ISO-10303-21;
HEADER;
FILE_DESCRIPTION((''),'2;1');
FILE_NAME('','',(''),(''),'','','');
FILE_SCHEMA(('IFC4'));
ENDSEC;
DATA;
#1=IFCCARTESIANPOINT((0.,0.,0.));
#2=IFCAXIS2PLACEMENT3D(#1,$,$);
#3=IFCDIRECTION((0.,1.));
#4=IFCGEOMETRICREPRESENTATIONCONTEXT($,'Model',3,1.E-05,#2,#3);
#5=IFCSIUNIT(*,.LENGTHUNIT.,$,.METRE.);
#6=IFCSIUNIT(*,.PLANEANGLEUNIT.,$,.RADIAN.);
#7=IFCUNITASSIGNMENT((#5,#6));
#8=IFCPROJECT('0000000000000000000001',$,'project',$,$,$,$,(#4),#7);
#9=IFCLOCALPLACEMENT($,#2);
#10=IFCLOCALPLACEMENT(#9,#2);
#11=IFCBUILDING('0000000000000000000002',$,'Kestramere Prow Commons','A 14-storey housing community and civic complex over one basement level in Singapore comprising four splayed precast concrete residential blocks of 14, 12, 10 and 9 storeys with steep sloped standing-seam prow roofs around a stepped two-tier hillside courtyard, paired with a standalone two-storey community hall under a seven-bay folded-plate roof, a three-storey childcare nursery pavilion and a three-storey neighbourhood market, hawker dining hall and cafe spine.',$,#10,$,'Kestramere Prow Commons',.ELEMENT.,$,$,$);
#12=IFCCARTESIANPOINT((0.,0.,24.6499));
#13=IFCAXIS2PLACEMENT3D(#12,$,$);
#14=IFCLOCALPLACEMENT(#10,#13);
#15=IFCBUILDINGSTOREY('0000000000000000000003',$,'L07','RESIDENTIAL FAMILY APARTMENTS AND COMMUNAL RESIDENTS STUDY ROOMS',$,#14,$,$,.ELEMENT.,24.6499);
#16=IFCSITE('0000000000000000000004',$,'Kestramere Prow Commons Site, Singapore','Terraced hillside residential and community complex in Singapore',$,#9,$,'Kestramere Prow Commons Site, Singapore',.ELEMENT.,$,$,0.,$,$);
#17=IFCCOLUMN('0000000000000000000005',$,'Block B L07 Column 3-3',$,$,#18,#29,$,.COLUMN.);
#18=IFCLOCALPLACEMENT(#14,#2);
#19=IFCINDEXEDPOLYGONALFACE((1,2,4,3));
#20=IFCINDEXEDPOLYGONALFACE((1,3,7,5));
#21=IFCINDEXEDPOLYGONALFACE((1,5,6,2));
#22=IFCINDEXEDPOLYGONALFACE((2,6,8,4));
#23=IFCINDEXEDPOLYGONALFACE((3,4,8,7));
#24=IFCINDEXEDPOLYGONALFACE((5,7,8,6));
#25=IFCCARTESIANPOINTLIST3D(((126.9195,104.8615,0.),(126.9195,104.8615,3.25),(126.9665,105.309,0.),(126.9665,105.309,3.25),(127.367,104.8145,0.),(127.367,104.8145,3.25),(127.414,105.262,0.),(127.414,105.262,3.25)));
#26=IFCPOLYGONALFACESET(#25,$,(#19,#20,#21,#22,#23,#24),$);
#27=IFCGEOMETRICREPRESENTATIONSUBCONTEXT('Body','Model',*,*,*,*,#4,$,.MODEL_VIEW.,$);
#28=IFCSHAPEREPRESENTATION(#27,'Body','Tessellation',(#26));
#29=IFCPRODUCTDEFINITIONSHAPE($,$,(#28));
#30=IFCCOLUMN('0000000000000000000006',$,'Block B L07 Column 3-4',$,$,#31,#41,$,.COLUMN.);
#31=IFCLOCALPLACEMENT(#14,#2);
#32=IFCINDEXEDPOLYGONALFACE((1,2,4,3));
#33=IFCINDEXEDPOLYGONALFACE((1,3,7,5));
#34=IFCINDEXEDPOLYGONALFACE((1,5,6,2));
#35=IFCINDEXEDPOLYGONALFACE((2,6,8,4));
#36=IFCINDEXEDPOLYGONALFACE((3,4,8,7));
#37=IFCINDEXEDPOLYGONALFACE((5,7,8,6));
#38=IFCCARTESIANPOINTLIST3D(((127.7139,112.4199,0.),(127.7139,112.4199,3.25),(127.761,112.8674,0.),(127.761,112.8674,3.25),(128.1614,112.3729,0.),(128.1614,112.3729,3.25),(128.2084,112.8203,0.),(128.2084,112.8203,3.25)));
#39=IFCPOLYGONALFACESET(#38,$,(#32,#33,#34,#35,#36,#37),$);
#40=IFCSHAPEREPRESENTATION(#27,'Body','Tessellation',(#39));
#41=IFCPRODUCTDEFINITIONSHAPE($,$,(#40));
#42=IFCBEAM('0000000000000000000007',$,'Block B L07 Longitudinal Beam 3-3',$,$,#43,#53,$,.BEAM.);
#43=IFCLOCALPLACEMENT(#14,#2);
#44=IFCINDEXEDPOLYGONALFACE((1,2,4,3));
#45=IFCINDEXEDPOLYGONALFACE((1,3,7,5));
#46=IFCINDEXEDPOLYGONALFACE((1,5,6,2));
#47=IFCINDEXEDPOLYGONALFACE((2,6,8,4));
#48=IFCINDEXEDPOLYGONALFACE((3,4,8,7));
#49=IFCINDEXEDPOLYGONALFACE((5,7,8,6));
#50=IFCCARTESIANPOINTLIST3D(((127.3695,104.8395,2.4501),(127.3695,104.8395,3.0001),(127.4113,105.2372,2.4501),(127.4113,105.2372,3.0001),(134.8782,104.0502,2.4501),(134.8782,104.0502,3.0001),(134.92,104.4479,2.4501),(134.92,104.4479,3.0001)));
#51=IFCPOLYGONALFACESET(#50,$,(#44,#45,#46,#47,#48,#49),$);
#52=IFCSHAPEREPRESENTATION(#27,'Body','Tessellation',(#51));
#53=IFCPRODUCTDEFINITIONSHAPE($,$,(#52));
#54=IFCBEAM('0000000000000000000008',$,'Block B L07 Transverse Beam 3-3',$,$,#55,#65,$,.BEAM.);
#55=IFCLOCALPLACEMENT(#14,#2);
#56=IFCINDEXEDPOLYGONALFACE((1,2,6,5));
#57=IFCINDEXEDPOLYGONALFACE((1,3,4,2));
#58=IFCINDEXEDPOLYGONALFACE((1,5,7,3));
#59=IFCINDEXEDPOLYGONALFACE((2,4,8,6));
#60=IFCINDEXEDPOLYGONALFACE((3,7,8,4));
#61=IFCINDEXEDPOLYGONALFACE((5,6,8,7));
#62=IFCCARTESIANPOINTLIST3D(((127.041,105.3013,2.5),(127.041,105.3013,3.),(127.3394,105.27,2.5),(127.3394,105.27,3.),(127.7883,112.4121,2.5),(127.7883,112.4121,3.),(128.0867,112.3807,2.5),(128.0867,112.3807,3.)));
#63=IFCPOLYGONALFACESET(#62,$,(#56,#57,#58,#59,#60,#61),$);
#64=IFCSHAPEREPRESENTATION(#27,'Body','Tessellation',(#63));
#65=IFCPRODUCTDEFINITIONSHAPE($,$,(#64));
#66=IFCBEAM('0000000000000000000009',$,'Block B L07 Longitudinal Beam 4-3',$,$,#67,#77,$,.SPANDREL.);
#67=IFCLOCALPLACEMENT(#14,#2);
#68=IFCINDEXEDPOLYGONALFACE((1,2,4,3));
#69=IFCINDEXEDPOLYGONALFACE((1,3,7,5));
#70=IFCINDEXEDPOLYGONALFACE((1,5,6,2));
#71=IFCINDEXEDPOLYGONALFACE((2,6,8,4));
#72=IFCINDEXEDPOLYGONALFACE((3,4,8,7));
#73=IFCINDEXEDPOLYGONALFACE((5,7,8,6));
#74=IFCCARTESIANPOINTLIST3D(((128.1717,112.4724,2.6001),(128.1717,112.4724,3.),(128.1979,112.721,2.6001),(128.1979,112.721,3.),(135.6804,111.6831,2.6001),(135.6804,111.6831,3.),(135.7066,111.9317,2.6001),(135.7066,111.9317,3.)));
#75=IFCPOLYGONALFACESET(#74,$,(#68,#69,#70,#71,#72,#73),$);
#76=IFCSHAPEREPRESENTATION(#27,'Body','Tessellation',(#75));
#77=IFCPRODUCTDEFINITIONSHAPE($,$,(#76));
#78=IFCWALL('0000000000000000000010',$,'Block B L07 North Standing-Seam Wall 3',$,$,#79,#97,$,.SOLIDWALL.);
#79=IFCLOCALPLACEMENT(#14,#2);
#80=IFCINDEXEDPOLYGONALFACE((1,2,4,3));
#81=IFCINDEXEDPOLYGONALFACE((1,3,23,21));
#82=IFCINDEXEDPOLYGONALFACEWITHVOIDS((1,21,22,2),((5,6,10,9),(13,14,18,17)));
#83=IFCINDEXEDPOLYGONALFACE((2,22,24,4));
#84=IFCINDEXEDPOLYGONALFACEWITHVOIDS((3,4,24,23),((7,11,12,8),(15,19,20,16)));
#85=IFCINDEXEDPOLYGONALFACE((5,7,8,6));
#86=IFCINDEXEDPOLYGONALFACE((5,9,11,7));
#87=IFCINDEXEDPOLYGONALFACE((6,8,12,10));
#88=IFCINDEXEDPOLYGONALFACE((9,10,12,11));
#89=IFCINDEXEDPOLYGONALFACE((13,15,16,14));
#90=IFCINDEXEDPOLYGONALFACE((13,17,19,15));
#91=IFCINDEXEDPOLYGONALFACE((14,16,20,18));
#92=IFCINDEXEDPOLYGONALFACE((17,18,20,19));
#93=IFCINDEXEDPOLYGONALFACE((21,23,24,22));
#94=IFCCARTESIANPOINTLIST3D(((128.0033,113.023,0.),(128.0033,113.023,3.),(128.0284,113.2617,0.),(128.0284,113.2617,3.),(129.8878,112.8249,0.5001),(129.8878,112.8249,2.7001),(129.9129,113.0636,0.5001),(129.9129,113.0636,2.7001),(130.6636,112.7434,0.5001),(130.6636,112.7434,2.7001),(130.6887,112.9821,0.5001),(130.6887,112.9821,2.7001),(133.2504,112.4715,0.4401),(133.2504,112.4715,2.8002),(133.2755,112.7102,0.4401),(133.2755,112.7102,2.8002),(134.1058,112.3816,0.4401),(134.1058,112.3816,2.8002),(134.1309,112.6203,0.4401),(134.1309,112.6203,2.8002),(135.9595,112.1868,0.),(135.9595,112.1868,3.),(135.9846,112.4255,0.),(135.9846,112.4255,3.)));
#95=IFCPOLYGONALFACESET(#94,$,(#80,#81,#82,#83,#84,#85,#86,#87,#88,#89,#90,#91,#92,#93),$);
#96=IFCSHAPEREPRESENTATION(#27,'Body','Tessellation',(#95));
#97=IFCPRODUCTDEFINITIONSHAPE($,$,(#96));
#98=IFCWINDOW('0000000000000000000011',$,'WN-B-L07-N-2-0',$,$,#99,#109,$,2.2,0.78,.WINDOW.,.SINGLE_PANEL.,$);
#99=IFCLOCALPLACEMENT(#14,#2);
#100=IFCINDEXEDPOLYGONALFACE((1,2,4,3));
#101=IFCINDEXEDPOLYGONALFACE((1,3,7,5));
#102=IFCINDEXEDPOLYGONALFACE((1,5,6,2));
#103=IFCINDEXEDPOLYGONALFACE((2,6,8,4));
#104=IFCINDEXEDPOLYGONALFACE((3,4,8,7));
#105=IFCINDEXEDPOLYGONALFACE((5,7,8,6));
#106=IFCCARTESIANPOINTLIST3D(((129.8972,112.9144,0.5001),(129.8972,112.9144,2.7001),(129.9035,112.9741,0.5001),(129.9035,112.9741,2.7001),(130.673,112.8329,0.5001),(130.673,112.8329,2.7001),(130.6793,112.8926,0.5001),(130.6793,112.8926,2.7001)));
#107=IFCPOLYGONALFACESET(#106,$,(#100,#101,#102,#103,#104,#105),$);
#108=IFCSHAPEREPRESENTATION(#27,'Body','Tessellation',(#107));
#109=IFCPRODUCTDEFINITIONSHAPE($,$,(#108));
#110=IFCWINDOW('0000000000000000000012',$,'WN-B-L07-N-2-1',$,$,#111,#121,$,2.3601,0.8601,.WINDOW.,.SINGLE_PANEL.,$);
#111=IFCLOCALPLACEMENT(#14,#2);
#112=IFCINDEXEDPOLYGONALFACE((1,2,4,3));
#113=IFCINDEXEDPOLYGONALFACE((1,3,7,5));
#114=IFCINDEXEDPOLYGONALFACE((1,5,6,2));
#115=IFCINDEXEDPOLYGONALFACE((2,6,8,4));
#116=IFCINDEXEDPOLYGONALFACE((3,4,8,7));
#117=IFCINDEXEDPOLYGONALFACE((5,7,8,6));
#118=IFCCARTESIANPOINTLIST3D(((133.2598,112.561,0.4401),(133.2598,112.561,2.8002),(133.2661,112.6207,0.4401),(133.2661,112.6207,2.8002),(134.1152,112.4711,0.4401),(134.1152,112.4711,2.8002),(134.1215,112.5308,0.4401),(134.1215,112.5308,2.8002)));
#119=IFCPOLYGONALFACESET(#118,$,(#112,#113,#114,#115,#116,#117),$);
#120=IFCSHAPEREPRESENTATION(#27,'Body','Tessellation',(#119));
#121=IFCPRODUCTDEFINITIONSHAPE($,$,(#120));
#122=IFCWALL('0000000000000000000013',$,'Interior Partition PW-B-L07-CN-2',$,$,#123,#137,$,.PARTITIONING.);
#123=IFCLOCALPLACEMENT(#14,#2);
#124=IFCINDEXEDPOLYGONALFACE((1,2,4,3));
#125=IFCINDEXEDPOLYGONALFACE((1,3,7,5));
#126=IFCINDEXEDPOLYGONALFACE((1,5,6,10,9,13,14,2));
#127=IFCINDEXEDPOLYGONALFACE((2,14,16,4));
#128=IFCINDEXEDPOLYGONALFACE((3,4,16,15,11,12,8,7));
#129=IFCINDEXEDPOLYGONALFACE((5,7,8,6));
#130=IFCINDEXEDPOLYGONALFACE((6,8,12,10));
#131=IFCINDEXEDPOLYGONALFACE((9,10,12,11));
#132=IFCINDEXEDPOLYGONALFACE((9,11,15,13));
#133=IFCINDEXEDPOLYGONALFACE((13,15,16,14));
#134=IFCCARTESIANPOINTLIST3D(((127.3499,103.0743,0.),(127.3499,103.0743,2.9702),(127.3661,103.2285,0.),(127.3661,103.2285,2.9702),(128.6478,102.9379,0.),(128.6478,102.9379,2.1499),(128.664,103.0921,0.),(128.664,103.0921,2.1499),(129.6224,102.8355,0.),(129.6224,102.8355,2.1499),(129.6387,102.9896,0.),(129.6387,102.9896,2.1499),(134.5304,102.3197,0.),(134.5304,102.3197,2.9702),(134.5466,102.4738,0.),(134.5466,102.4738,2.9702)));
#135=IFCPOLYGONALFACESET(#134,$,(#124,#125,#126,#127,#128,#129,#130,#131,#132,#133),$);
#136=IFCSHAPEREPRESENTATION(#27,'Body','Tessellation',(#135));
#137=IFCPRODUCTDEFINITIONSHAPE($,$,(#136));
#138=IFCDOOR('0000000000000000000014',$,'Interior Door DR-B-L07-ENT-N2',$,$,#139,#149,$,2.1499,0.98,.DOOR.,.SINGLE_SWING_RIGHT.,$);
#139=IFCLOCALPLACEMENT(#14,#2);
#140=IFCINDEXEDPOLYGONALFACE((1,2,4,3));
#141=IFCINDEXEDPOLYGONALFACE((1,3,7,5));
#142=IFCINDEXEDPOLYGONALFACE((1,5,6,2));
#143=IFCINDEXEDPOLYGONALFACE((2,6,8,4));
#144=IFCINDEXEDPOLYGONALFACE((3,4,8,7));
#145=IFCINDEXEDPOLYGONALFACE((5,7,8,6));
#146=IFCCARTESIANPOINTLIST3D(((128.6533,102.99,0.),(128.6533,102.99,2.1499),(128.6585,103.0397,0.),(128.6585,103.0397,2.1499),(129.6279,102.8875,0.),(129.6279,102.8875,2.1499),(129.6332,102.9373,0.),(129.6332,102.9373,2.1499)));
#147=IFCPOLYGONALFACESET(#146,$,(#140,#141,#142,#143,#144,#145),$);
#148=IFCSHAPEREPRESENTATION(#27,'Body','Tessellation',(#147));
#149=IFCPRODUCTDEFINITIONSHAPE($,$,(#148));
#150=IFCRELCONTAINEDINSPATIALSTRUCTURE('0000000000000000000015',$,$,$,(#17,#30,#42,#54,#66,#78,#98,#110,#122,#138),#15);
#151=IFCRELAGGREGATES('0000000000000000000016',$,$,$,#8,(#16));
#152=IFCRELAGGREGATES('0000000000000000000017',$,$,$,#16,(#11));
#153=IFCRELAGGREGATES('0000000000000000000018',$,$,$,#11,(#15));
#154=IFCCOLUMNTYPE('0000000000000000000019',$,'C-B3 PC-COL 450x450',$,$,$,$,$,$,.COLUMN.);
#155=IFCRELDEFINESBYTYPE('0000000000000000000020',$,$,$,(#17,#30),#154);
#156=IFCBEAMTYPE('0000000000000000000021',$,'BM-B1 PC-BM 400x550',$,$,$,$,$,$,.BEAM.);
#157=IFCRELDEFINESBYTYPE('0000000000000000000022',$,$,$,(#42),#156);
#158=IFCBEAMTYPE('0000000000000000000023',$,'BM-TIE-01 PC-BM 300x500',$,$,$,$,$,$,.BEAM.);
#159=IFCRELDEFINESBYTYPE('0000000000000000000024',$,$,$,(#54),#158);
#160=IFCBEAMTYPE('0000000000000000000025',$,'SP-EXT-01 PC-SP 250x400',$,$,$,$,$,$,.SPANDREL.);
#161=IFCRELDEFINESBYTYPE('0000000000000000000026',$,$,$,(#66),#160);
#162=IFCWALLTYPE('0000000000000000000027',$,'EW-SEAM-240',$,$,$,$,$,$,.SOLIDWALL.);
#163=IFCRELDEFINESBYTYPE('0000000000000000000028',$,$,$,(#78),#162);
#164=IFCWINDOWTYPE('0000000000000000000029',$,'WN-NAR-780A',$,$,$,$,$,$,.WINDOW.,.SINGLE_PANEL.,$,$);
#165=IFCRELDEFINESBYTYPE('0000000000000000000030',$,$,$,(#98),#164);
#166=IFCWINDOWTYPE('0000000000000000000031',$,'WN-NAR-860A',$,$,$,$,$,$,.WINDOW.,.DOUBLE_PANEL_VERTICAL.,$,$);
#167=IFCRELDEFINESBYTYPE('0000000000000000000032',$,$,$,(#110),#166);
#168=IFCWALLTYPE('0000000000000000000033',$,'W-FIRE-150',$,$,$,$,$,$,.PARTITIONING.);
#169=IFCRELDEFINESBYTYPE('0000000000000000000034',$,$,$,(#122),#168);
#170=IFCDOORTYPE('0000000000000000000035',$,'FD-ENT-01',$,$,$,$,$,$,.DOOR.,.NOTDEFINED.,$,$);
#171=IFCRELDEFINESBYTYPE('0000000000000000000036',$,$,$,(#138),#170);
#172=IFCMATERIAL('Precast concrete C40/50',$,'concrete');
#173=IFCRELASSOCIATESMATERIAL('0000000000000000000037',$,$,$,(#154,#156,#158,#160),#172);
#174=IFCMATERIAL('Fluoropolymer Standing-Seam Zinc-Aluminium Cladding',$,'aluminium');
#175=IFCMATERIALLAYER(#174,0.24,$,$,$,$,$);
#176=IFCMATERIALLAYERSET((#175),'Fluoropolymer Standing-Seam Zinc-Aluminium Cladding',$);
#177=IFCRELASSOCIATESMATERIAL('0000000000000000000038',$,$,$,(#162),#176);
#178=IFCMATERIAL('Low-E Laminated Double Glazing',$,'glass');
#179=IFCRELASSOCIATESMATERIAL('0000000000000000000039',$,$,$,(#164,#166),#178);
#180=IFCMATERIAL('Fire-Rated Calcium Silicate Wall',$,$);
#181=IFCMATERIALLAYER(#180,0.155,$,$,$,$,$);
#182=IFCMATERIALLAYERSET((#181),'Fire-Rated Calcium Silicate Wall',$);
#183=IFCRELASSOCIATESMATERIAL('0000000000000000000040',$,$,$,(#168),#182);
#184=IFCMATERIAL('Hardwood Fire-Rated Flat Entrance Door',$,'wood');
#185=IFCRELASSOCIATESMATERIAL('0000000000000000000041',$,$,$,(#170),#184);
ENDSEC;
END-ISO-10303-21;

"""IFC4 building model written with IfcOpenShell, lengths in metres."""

from ifc_helpers import new_model, si_unit, direction, frame, frame_2d, origin, origin_2d, place, context, subcontext, project, spatial, rectangle, extrude, material, layer, layer_set, material_profile, profile_set, type_object, element, fill, save


model = new_model("IFC4")

# Units and contexts
model_context = context("Model", 3, precision=1e-05, world=origin(), true_north=direction((0.0, 1.0)))
body_context = subcontext(model_context, "Body", "Model", "MODEL_VIEW")
ifc_project = project(units=[si_unit("LENGTHUNIT", "METRE"), si_unit("PLANEANGLEUNIT", "RADIAN")], contexts=[model_context])

# Site, building, storey
site_placement = place(None, origin())
site = spatial("IfcSite", under=ifc_project, at=site_placement, Name="Kestramere Prow Commons Site, Singapore", Description="Terraced hillside residential and community complex in Singapore", LongName="Kestramere Prow Commons Site, Singapore", CompositionType="ELEMENT", RefElevation=0.0)
building_placement = place(site_placement, origin())
building = spatial("IfcBuilding", under=site, at=building_placement, Name="Kestramere Prow Commons", Description="A 14-storey housing community and civic complex over one basement level in Singapore comprising four splayed precast concrete residential blocks of 14, 12, 10 and 9 storeys with steep sloped standing-seam prow roofs around a stepped two-tier hillside courtyard, paired with a standalone two-storey community hall under a seven-bay folded-plate roof, a three-storey childcare nursery pavilion and a three-storey neighbourhood market, hawker dining hall and cafe spine.", LongName="Kestramere Prow Commons", CompositionType="ELEMENT")
storey_placement = place(building_placement, frame((0.0, 0.0, 24.6499)))
storey = spatial("IfcBuildingStorey", under=building, at=storey_placement, Name="L07", Description="RESIDENTIAL FAMILY APARTMENTS AND COMMUNAL RESIDENTS STUDY ROOMS", CompositionType="ELEMENT", Elevation=24.6499)

# Columns
ifc_material_1 = material(Name="Precast concrete C40/50", Category="concrete")
ifc_material_profile_1 = material_profile(ifc_material_1, rectangle(XDim=0.45, YDim=0.45, at=origin_2d()), Name="PC-COL 450x450")
ifc_profile_set_1 = profile_set([ifc_material_profile_1], Name="Precast concrete C40/50")
column_type = type_object("IfcColumnType", Name="C-B3 PC-COL 450x450", PredefinedType="COLUMN", material=ifc_profile_set_1)
for number, where, z_axis, x_axis, name in (
    (1, (127.1667, 105.0618, 0.0), (0.0, 0.0, 1.0), (0.994522, -0.104528, 0.0), "Block B L07 Column 3-3"),
    (2, (127.9612, 112.6201, 0.0), (0.0, 0.0, 1.0), (0.994522, -0.104528, 0.0), "Block B L07 Column 3-4"),
):
    element("IfcColumn", number, at=place(storey_placement, frame(where, z_axis=z_axis, x_axis=x_axis)), inside=storey, type_object=column_type, Name=name, PredefinedType="COLUMN", context=body_context, shape_type="SweptSolid", body=[
        extrude(rectangle(XDim=0.45, YDim=0.45, at=origin_2d()), origin(), (0.0, 0.0, 1.0), 3.25),
    ])

# Beams
ifc_material_profile_2 = material_profile(ifc_material_1, rectangle(XDim=0.3999, YDim=0.55, at=origin_2d()), Name="PC-BM 400x550")
ifc_profile_set_2 = profile_set([ifc_material_profile_2], Name="Precast concrete C40/50")
beam_type_1 = type_object("IfcBeamType", Name="BM-B1 PC-BM 400x550", PredefinedType="BEAM", material=ifc_profile_set_2)
beam_1_placement = place(storey_placement, frame((127.3904, 105.0383, 2.7251), z_axis=(0.994521, -0.104542, 0.0), x_axis=(0.104542, 0.994521, 0.0)))
element("IfcBeam", 3, at=beam_1_placement, inside=storey, type_object=beam_type_1, Name="Block B L07 Longitudinal Beam 3-3", PredefinedType="BEAM", context=body_context, shape_type="SweptSolid", body=[
    extrude(rectangle(XDim=0.3999, YDim=0.55, at=origin_2d()), origin(), (0.0, 0.0, 1.0), 7.55),
])
ifc_material_profile_3 = material_profile(ifc_material_1, rectangle(XDim=0.3, YDim=0.5, at=origin_2d()), Name="PC-BM 300x500")
ifc_profile_set_3 = profile_set([ifc_material_profile_3], Name="Precast concrete C40/50")
beam_type_2 = type_object("IfcBeamType", Name="BM-TIE-01 PC-BM 300x500", PredefinedType="BEAM", material=ifc_profile_set_3)
beam_2_placement = place(storey_placement, frame((127.1902, 105.2856, 2.75), z_axis=(0.104519, 0.994523, 0.0), x_axis=(-0.994523, 0.104519, 0.0)))
element("IfcBeam", 4, at=beam_2_placement, inside=storey, type_object=beam_type_2, Name="Block B L07 Transverse Beam 3-3", PredefinedType="BEAM", context=body_context, shape_type="SweptSolid", body=[
    extrude(rectangle(XDim=0.3, YDim=0.5, at=origin_2d()), origin(), (0.0, 0.0, 1.0), 7.1499),
])
ifc_material_profile_4 = material_profile(ifc_material_1, rectangle(XDim=0.25, YDim=0.3999, at=origin_2d()), Name="PC-SP 250x400")
ifc_profile_set_4 = profile_set([ifc_material_profile_4], Name="Precast concrete C40/50")
beam_type_3 = type_object("IfcBeamType", Name="SP-EXT-01 PC-SP 250x400", PredefinedType="SPANDREL", material=ifc_profile_set_4)
beam_3_placement = place(storey_placement, frame((128.1848, 112.5967, 2.8), z_axis=(0.994521, -0.104542, 0.0), x_axis=(0.104542, 0.994521, 0.0)))
element("IfcBeam", 5, at=beam_3_placement, inside=storey, type_object=beam_type_3, Name="Block B L07 Longitudinal Beam 4-3", PredefinedType="SPANDREL", context=body_context, shape_type="SweptSolid", body=[
    extrude(rectangle(XDim=0.25, YDim=0.3999, at=origin_2d()), origin(), (0.0, 0.0, 1.0), 7.55),
])

# Wall, openings, windows
ifc_material_2 = material(Name="Fluoropolymer Standing-Seam Zinc-Aluminium Cladding", Category="aluminium")
ifc_layer_1 = layer(ifc_material_2, 0.24)
ifc_layer_set_1 = layer_set([ifc_layer_1], Name="Fluoropolymer Standing-Seam Zinc-Aluminium Cladding")
wall_type_1 = type_object("IfcWallType", Name="EW-SEAM-240", PredefinedType="SOLIDWALL", material=ifc_layer_set_1)
wall_1_placement = place(storey_placement, frame((128.0159, 113.1423, 0.0), z_axis=(0.0, 0.0, 1.0), x_axis=(0.994523, -0.104521, 0.0)))
wall_1 = element("IfcWall", 6, at=wall_1_placement, inside=storey, type_object=wall_type_1, Name="Block B L07 North Standing-Seam Wall 3", PredefinedType="SOLIDWALL", context=body_context, shape_type="SweptSolid", body=[
    extrude(rectangle(XDim=8.0, YDim=0.24, at=frame_2d((4.0, 0.0))), origin(), (0.0, 0.0, 1.0), 3.0),
])
opening_1_placement = place(wall_1_placement, frame((1.8948, 0.0, 0.5)))
opening_1 = element("IfcOpeningElement", 7, at=opening_1_placement, cuts=wall_1, PredefinedType="OPENING", context=body_context, shape_type="SweptSolid", body=[
    extrude(rectangle(XDim=0.78, YDim=2.2, at=frame_2d((0.3901, 1.1001))), frame((0.0, 0.135, 0.0), z_axis=(0.0, -1.0, 0.0), x_axis=(1.0, 0.0, 0.0)), (0.0, 0.0, 1.0), 0.27),
])
opening_2_placement = place(wall_1_placement, frame((5.2759, 0.0, 0.4399)))
opening_2 = element("IfcOpeningElement", 8, at=opening_2_placement, cuts=wall_1, PredefinedType="OPENING", context=body_context, shape_type="SweptSolid", body=[
    extrude(rectangle(XDim=0.8601, YDim=2.3601, at=frame_2d((0.4302, 1.1802))), frame((0.0, 0.135, 0.0), z_axis=(0.0, -1.0, 0.0), x_axis=(1.0, 0.0, 0.0)), (0.0, 0.0, 1.0), 0.27),
])
ifc_material_3 = material(Name="Low-E Laminated Double Glazing", Category="glass")
window_type_1 = type_object("IfcWindowType", Name="WN-NAR-780A", PartitioningType="SINGLE_PANEL", PredefinedType="WINDOW", material=ifc_material_3)
window_1_placement = place(opening_1_placement, origin())
window_1 = element("IfcWindow", 9, at=window_1_placement, inside=storey, type_object=window_type_1, Name="WN-B-L07-N-2-0", OverallHeight=2.2, OverallWidth=0.78, PartitioningType="SINGLE_PANEL", PredefinedType="WINDOW", context=body_context, shape_type="SweptSolid", body=[
    extrude(rectangle(XDim=0.78, YDim=2.2, at=frame_2d((0.3901, 1.1001))), frame((0.0, 0.03, 0.0), z_axis=(0.0, -1.0, 0.0), x_axis=(1.0, 0.0, 0.0)), (0.0, 0.0, 1.0), 0.0601),
])
fill(opening_1, window_1)
window_type_2 = type_object("IfcWindowType", Name="WN-NAR-860A", PartitioningType="DOUBLE_PANEL_VERTICAL", PredefinedType="WINDOW", material=ifc_material_3)
window_2_placement = place(opening_2_placement, origin())
window_2 = element("IfcWindow", 10, at=window_2_placement, inside=storey, type_object=window_type_2, Name="WN-B-L07-N-2-1", OverallHeight=2.3601, OverallWidth=0.8601, PartitioningType="SINGLE_PANEL", PredefinedType="WINDOW", context=body_context, shape_type="SweptSolid", body=[
    extrude(rectangle(XDim=0.8601, YDim=2.3601, at=frame_2d((0.4302, 1.1802))), frame((0.0, 0.03, 0.0), z_axis=(0.0, -1.0, 0.0), x_axis=(1.0, 0.0, 0.0)), (0.0, 0.0, 1.0), 0.0601),
])
fill(opening_2, window_2)

# Wall, opening, door
ifc_material_4 = material(Name="Fire-Rated Calcium Silicate Wall")
ifc_layer_2 = layer(ifc_material_4, 0.155)
ifc_layer_set_2 = layer_set([ifc_layer_2], Name="Fire-Rated Calcium Silicate Wall")
wall_type_2 = type_object("IfcWallType", Name="W-FIRE-150", PredefinedType="PARTITIONING", material=ifc_layer_set_2)
wall_2_placement = place(storey_placement, frame((127.3582, 103.1514, 0.0), z_axis=(0.0, 0.0, 1.0), x_axis=(0.994523, -0.104521, 0.0)))
wall_2 = element("IfcWall", 11, at=wall_2_placement, inside=storey, type_object=wall_type_2, Name="Interior Partition PW-B-L07-CN-2", PredefinedType="PARTITIONING", context=body_context, shape_type="SweptSolid", body=[
    extrude(rectangle(XDim=7.22, YDim=0.155, at=frame_2d((3.6099, 0.0))), origin(), (0.0, 0.0, 1.0), 2.9702),
])
opening_3_placement = place(wall_2_placement, frame((1.3049, 0.0, 0.0)))
opening_3 = element("IfcOpeningElement", 12, at=opening_3_placement, cuts=wall_2, PredefinedType="OPENING", context=body_context, shape_type="SweptSolid", body=[
    extrude(rectangle(XDim=0.98, YDim=2.1499, at=frame_2d((0.49, 1.075))), frame((0.0, 0.0925, 0.0), z_axis=(0.0, -1.0, 0.0), x_axis=(1.0, 0.0, 0.0)), (0.0, 0.0, 1.0), 0.1851),
])
ifc_material_5 = material(Name="Hardwood Fire-Rated Flat Entrance Door", Category="wood")
door_type_1 = type_object("IfcDoorType", Name="FD-ENT-01", OperationType="NOTDEFINED", PredefinedType="DOOR", material=ifc_material_5)
door_1_placement = place(opening_3_placement, origin())
door_1 = element("IfcDoor", 13, at=door_1_placement, inside=storey, type_object=door_type_1, Name="Interior Door DR-B-L07-ENT-N2", OperationType="SINGLE_SWING_RIGHT", OverallHeight=2.1499, OverallWidth=0.98, PredefinedType="DOOR", context=body_context, shape_type="SweptSolid", body=[
    extrude(rectangle(XDim=0.98, YDim=2.1499, at=frame_2d((0.49, 1.075))), frame((0.0, 0.0249, 0.0), z_axis=(0.0, -1.0, 0.0), x_axis=(1.0, 0.0, 0.0)), (0.0, 0.0, 1.0), 0.05),
])
fill(opening_3, door_1)

save(model, "model.ifc")
